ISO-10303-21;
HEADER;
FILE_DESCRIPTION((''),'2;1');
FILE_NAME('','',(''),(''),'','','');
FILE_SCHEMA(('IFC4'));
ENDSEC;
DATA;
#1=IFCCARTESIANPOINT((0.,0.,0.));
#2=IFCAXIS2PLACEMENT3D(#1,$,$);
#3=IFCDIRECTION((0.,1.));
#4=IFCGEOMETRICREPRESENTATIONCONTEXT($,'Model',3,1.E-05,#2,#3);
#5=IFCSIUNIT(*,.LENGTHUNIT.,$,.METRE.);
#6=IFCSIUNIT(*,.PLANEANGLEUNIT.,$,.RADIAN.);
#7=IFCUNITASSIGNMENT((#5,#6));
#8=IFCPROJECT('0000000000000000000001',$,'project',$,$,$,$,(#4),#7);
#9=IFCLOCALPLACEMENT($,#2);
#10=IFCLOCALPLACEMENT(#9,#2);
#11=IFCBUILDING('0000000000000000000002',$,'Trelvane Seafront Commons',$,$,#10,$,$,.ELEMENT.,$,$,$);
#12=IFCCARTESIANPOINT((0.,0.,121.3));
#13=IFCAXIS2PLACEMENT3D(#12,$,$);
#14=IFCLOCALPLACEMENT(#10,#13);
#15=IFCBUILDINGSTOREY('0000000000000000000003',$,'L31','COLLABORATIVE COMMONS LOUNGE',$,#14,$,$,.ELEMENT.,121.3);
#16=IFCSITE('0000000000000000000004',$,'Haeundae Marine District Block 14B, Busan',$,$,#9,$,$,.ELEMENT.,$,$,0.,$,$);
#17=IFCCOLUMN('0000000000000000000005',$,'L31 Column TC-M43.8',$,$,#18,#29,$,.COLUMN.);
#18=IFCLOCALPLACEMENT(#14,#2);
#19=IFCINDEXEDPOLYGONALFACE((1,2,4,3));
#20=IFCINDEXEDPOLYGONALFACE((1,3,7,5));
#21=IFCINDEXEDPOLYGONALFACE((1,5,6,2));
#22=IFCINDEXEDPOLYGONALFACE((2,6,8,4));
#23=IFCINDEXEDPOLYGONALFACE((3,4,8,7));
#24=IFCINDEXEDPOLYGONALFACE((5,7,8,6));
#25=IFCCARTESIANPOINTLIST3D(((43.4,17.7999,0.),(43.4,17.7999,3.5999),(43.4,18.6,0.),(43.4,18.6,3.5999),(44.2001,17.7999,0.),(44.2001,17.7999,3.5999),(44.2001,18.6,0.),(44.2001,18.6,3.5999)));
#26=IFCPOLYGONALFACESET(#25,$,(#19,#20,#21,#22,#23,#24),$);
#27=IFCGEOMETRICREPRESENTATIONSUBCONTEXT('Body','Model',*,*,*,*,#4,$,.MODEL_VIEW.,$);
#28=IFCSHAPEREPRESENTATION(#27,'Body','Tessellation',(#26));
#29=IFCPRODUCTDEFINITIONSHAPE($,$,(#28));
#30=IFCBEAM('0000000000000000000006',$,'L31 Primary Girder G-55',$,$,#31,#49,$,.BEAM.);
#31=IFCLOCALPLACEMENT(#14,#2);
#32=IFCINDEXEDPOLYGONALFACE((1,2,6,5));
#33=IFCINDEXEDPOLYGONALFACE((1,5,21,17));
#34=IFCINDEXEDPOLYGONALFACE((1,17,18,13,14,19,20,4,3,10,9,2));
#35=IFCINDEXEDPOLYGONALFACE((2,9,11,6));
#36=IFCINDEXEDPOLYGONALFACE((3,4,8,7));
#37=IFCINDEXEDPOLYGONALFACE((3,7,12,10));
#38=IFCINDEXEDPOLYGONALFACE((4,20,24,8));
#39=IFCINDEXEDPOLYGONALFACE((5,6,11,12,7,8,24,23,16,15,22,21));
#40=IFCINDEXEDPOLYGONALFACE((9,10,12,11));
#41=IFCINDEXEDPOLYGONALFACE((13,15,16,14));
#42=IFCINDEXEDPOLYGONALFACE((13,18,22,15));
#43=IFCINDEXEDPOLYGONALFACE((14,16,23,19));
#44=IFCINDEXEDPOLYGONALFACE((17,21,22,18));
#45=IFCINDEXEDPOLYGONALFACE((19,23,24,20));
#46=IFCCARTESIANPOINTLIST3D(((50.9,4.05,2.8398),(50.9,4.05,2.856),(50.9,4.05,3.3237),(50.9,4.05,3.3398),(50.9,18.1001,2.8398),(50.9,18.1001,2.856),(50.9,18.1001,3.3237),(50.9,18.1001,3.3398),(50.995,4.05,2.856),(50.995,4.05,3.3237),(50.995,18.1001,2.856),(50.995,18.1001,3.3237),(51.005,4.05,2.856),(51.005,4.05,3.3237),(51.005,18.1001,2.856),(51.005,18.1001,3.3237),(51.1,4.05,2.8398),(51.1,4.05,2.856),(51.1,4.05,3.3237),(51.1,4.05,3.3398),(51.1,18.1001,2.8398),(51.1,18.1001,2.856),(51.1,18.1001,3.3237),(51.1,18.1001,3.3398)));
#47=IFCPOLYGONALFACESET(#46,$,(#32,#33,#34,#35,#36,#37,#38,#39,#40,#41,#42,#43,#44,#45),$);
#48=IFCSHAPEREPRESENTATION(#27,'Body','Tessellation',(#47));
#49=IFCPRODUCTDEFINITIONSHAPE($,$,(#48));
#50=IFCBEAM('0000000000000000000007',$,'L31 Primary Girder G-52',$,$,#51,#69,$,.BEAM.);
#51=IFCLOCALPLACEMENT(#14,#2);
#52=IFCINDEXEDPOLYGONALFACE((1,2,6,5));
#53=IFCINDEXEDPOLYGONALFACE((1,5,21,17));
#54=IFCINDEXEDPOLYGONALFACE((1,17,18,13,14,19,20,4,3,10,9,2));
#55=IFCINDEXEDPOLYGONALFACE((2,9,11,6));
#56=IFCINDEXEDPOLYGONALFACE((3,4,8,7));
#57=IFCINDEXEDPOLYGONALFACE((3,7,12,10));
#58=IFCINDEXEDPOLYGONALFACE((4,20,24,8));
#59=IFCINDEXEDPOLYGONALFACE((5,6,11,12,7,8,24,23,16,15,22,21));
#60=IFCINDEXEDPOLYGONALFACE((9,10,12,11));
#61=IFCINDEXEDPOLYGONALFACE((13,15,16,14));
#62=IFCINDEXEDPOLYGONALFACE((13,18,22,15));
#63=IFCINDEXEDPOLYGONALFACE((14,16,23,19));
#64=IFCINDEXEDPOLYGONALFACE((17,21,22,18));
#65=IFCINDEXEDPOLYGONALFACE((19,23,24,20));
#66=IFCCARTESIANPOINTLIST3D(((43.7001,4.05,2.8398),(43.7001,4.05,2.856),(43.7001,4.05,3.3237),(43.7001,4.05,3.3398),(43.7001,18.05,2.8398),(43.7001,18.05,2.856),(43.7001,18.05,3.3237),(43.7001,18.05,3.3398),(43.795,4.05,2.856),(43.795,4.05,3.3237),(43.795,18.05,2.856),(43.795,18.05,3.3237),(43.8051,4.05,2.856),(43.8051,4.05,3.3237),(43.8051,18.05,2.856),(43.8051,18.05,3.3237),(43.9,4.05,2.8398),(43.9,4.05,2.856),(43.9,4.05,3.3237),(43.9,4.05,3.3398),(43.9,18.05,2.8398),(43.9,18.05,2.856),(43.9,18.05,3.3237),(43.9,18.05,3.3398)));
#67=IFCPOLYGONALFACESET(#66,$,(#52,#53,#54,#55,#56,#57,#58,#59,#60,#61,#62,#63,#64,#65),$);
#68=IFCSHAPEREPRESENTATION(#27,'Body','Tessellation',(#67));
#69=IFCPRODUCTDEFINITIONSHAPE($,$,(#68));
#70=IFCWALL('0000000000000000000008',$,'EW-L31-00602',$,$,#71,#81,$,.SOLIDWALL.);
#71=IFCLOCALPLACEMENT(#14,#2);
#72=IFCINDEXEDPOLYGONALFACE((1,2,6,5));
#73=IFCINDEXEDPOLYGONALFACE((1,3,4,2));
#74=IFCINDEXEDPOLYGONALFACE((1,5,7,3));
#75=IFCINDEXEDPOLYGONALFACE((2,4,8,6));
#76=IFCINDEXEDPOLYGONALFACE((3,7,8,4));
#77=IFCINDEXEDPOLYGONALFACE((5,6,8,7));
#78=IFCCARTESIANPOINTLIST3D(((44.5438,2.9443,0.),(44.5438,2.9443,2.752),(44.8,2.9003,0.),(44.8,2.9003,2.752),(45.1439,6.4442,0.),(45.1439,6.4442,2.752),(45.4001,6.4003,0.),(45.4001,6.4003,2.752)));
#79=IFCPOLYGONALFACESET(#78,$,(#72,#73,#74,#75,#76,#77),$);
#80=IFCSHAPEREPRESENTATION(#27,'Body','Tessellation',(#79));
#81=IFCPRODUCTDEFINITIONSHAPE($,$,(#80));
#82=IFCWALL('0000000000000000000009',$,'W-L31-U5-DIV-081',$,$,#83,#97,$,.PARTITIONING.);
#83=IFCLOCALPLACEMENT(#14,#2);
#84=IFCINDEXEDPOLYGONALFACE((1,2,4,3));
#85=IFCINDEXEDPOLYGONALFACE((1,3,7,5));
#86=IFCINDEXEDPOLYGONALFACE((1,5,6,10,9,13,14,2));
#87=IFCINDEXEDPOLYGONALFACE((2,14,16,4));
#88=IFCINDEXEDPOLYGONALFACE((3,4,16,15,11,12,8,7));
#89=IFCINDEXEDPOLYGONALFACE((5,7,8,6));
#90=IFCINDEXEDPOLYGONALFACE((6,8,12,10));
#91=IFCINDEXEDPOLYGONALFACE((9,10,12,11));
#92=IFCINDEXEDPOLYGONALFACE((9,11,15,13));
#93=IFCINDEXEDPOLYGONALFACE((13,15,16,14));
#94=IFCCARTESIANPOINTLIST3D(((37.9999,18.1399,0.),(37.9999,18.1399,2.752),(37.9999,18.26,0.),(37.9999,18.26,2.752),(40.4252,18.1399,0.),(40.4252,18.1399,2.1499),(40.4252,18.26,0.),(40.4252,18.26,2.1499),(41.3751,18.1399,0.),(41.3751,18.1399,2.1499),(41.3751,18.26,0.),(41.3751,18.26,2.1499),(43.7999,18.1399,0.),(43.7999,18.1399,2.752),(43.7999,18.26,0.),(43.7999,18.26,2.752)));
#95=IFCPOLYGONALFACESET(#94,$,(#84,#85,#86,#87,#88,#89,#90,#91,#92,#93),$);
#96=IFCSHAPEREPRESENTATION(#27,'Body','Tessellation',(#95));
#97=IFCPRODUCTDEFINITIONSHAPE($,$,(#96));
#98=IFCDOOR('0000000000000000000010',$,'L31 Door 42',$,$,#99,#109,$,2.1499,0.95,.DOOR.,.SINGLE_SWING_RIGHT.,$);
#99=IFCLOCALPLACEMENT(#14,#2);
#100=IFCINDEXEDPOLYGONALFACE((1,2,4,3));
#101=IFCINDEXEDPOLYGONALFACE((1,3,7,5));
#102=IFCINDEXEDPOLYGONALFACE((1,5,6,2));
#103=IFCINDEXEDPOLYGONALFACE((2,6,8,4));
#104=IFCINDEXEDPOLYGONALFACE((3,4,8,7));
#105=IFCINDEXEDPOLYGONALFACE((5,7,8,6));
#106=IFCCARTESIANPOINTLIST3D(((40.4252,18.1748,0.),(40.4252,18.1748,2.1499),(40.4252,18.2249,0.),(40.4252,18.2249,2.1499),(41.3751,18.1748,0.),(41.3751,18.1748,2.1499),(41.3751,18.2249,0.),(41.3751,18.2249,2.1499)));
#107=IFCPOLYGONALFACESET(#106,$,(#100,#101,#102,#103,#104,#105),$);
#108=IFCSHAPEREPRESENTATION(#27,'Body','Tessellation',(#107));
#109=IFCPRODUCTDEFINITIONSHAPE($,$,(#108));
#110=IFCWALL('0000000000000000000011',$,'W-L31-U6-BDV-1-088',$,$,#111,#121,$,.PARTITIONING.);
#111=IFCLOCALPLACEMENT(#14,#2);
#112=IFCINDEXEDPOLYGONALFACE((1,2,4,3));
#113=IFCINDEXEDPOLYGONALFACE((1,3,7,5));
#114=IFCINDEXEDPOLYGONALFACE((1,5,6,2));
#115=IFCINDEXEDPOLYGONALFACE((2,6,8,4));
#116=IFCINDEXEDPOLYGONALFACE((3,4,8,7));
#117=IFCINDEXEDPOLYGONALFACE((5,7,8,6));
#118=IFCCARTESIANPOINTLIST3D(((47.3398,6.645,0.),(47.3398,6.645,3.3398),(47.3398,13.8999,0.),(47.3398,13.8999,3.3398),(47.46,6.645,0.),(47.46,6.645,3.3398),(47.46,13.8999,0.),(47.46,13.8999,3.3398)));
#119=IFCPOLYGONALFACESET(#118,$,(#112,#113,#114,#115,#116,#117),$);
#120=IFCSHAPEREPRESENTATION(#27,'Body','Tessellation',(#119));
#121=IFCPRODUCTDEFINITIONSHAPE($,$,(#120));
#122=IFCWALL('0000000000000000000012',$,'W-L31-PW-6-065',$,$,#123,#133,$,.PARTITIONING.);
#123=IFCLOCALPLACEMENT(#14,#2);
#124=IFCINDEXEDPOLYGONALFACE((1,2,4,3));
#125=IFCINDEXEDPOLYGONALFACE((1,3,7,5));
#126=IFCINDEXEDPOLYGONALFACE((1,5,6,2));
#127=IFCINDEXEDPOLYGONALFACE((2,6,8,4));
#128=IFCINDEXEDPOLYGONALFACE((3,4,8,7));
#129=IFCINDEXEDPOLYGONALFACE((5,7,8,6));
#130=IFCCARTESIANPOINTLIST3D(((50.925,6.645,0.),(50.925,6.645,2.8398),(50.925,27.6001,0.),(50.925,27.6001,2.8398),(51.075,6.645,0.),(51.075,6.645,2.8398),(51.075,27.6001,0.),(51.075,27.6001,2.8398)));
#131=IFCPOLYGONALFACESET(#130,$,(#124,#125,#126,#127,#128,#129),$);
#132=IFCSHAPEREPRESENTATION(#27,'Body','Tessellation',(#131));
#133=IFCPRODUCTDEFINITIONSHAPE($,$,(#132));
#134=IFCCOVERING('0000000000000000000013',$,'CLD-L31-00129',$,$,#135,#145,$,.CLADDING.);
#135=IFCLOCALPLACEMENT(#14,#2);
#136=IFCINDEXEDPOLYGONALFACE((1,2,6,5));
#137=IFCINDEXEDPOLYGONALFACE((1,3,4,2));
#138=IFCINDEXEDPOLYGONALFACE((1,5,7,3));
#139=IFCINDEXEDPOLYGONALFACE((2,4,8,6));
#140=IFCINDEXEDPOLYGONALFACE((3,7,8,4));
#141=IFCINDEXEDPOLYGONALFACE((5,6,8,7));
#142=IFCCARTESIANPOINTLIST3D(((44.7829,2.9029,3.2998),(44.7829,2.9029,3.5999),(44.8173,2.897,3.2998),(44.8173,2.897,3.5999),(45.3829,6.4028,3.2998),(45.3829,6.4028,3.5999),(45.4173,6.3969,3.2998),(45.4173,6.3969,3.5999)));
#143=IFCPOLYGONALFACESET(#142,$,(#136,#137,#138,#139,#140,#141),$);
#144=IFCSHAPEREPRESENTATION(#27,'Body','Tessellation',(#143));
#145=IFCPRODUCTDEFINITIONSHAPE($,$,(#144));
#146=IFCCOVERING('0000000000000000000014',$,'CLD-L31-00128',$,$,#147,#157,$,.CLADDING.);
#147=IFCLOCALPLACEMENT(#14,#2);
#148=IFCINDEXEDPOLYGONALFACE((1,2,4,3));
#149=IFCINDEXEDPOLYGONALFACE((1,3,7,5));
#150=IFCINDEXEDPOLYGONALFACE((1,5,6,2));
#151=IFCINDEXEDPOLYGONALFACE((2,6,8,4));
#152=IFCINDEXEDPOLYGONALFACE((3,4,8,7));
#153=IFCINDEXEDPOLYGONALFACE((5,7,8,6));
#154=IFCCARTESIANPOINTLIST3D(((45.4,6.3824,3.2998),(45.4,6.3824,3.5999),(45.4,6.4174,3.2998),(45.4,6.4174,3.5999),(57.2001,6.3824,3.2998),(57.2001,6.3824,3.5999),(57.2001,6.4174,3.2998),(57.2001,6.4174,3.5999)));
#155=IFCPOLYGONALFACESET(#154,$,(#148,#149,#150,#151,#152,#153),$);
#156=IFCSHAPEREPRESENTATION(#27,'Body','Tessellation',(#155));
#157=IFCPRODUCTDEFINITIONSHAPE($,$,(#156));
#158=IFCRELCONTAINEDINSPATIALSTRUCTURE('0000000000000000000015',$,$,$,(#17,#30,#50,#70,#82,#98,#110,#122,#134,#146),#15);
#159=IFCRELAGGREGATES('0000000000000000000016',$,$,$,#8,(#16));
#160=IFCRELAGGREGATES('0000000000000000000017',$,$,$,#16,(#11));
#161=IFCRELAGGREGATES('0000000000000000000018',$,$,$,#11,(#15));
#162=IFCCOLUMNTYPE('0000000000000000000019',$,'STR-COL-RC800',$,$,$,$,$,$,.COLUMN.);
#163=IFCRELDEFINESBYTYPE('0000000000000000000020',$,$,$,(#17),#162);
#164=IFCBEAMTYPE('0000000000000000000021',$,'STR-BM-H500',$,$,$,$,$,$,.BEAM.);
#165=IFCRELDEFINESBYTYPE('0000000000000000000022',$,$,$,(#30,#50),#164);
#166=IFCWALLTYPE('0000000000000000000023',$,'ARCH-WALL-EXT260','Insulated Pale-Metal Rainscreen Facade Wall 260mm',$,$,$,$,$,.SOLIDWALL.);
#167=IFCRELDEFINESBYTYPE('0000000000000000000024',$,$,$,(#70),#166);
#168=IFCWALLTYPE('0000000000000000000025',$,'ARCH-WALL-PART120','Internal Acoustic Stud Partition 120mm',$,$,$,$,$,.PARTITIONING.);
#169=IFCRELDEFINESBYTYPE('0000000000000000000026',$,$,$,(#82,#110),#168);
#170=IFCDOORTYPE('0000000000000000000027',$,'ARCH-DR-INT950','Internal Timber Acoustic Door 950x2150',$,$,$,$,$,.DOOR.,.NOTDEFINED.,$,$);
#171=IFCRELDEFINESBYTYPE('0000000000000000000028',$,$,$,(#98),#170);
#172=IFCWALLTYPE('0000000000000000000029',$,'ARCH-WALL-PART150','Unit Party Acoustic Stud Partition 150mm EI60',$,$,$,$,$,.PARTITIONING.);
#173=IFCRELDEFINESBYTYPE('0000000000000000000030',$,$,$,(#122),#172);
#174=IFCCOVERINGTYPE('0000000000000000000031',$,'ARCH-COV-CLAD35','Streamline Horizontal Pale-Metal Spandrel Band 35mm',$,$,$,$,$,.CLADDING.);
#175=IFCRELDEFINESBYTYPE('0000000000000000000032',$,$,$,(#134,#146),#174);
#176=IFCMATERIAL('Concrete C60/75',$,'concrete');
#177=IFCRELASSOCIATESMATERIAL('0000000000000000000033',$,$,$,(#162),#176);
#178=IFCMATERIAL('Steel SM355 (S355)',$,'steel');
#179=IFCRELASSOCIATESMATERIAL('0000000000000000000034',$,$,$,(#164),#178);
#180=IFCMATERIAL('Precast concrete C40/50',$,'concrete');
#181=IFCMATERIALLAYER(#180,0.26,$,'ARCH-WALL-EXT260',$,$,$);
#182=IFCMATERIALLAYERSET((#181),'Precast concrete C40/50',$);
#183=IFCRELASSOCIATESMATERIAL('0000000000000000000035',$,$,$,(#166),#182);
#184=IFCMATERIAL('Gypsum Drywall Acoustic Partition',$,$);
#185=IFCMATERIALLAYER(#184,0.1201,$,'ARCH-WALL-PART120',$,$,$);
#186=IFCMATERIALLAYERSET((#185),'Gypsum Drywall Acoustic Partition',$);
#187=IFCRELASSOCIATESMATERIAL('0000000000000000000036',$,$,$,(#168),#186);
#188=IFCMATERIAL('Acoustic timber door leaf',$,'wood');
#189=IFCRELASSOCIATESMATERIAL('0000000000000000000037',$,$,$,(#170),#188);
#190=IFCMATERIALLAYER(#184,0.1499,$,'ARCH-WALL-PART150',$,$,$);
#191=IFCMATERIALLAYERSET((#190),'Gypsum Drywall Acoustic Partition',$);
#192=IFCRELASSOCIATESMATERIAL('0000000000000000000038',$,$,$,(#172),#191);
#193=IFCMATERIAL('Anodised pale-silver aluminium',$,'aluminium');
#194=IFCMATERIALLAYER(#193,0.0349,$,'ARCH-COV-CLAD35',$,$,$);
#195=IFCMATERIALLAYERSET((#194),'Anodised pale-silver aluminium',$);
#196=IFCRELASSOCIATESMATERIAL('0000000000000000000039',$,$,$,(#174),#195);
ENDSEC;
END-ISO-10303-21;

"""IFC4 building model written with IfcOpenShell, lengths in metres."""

from ifc_helpers import new_model, si_unit, direction, frame, frame_2d, origin, origin_2d, place, context, subcontext, project, spatial, rectangle, i_section, extrude, source, transform, mapped, material, layer, layer_set, material_profile, profile_set, type_object, element, fill, save


model = new_model("IFC4")

# Units and contexts
model_context = context("Model", 3, precision=1e-05, world=origin(), true_north=direction((0.0, 1.0)))
body_context = subcontext(model_context, "Body", "Model", "MODEL_VIEW")
ifc_project = project(units=[si_unit("LENGTHUNIT", "METRE"), si_unit("PLANEANGLEUNIT", "RADIAN")], contexts=[model_context])

# Site, building, storey
site_placement = place(None, origin())
site = spatial("IfcSite", under=ifc_project, at=site_placement, Name="Haeundae Marine District Block 14B, Busan", CompositionType="ELEMENT", RefElevation=0.0)
building_placement = place(site_placement, origin())
building = spatial("IfcBuilding", under=site, at=building_placement, Name="Trelvane Seafront Commons", CompositionType="ELEMENT")
storey_placement = place(building_placement, frame((0.0, 0.0, 121.3)))
storey = spatial("IfcBuildingStorey", under=building, at=storey_placement, Name="L31", Description="COLLABORATIVE COMMONS LOUNGE", CompositionType="ELEMENT", Elevation=121.3)

# Column
ifc_material_1 = material(Name="Concrete C60/75", Category="concrete")
ifc_material_profile_1 = material_profile(ifc_material_1, rectangle(XDim=0.8, YDim=0.8, at=origin_2d()), Name="RC-800x800")
ifc_profile_set_1 = profile_set([ifc_material_profile_1], Name="Concrete C60/75")
column_type = type_object("IfcColumnType", Name="STR-COL-RC800", PredefinedType="COLUMN", material=ifc_profile_set_1)
shared_shape_1 = source(origin(), body_context, "Body", "SweptSolid", [
    extrude(rectangle(XDim=0.8, YDim=0.8, at=origin_2d()), origin(), (0.0, 0.0, 1.0), 3.5999),
])
column_placement = place(storey_placement, frame((43.8, 18.2, 0.0), z_axis=(0.0, 0.0, 1.0), x_axis=(1.0, 0.0, 0.0)))
element("IfcColumn", 1, at=column_placement, inside=storey, type_object=column_type, Name="L31 Column TC-M43.8", PredefinedType="COLUMN", context=body_context, shape_type="MappedRepresentation", body=[
    mapped(shared_shape_1, transform((0.0, 0.0, 0.0), x_axis=(1.0, 0.0, 0.0), y_axis=(0.0, 1.0, 0.0), z_axis=(0.0, 0.0, 1.0), scale=1.0)),
])

# Beams
ifc_material_2 = material(Name="Steel SM355 (S355)", Category="steel")
ifc_material_profile_2 = material_profile(ifc_material_2, i_section(OverallWidth=0.2, OverallDepth=0.5, WebThickness=0.01, FlangeThickness=0.0161, at=origin_2d()), Name="H-500x200x10x16")
ifc_profile_set_2 = profile_set([ifc_material_profile_2], Name="Steel SM355 (S355)")
beam_type = type_object("IfcBeamType", Name="STR-BM-H500", PredefinedType="BEAM", material=ifc_profile_set_2)
shared_shape_2 = source(origin(), body_context, "Body", "SweptSolid", [
    extrude(i_section(OverallWidth=0.2, OverallDepth=0.5, WebThickness=0.01, FlangeThickness=0.0161, at=origin_2d()), origin(), (0.0, 0.0, 1.0), 14.05),
])
beam_1_placement = place(storey_placement, frame((51.0, 4.05, 3.0898), z_axis=(0.0, 1.0, 0.0), x_axis=(-1.0, 0.0, 0.0)))
element("IfcBeam", 2, at=beam_1_placement, inside=storey, type_object=beam_type, Name="L31 Primary Girder G-55", PredefinedType="BEAM", context=body_context, shape_type="MappedRepresentation", body=[
    mapped(shared_shape_2, transform((0.0, 0.0, 0.0), x_axis=(1.0, 0.0, 0.0), y_axis=(0.0, 1.0, 0.0), z_axis=(0.0, 0.0, 1.0), scale=1.0)),
])
shared_shape_3 = source(origin(), body_context, "Body", "SweptSolid", [
    extrude(i_section(OverallWidth=0.2, OverallDepth=0.5, WebThickness=0.01, FlangeThickness=0.0161, at=origin_2d()), origin(), (0.0, 0.0, 1.0), 14.0),
])
beam_2_placement = place(storey_placement, frame((43.8, 4.05, 3.0898), z_axis=(0.0, 1.0, 0.0), x_axis=(-1.0, 0.0, 0.0)))
element("IfcBeam", 3, at=beam_2_placement, inside=storey, type_object=beam_type, Name="L31 Primary Girder G-52", PredefinedType="BEAM", context=body_context, shape_type="MappedRepresentation", body=[
    mapped(shared_shape_3, transform((0.0, 0.0, 0.0), x_axis=(1.0, 0.0, 0.0), y_axis=(0.0, 1.0, 0.0), z_axis=(0.0, 0.0, 1.0), scale=1.0)),
])

# Wall
ifc_material_3 = material(Name="Precast concrete C40/50", Category="concrete")
ifc_layer_1 = layer(ifc_material_3, 0.26, Name="ARCH-WALL-EXT260")
ifc_layer_set_1 = layer_set([ifc_layer_1], Name="Precast concrete C40/50")
wall_type_1 = type_object("IfcWallType", Name="ARCH-WALL-EXT260", Description="Insulated Pale-Metal Rainscreen Facade Wall 260mm", PredefinedType="SOLIDWALL", material=ifc_layer_set_1)
wall_1_placement = place(storey_placement, frame((45.272, 6.4221, 0.0), z_axis=(0.0, 0.0, 1.0), x_axis=(-0.168991, -0.985618, 0.0)))
element("IfcWall", 4, at=wall_1_placement, inside=storey, type_object=wall_type_1, Name="EW-L31-00602", PredefinedType="SOLIDWALL", context=body_context, shape_type="SweptSolid", body=[
    extrude(rectangle(XDim=3.551, YDim=0.26, at=frame_2d((1.7754, 0.0))), origin(), (0.0, 0.0, 1.0), 2.752),
])

# Wall, opening, door
ifc_material_4 = material(Name="Gypsum Drywall Acoustic Partition")
ifc_layer_2 = layer(ifc_material_4, 0.1201, Name="ARCH-WALL-PART120")
ifc_layer_set_2 = layer_set([ifc_layer_2], Name="Gypsum Drywall Acoustic Partition")
wall_type_2 = type_object("IfcWallType", Name="ARCH-WALL-PART120", Description="Internal Acoustic Stud Partition 120mm", PredefinedType="PARTITIONING", material=ifc_layer_set_2)
wall_2_placement = place(storey_placement, frame((38.0, 18.2, 0.0), z_axis=(0.0, 0.0, 1.0), x_axis=(1.0, 0.0, 0.0)))
wall_2 = element("IfcWall", 5, at=wall_2_placement, inside=storey, type_object=wall_type_2, Name="W-L31-U5-DIV-081", PredefinedType="PARTITIONING", context=body_context, shape_type="SweptSolid", body=[
    extrude(rectangle(XDim=5.8, YDim=0.1201, at=frame_2d((2.8999, 0.0))), origin(), (0.0, 0.0, 1.0), 2.752),
])
opening_1_placement = place(wall_2_placement, frame((2.425, 0.0, 0.0)))
opening_1 = element("IfcOpeningElement", 6, at=opening_1_placement, cuts=wall_2, PredefinedType="OPENING", context=body_context, shape_type="SweptSolid", body=[
    extrude(rectangle(XDim=0.95, YDim=2.1499, at=frame_2d((0.4751, 1.075))), frame((0.0, 0.0701, 0.0), z_axis=(0.0, -1.0, 0.0), x_axis=(1.0, 0.0, 0.0)), (0.0, 0.0, 1.0), 0.1401),
])
ifc_material_5 = material(Name="Acoustic timber door leaf", Category="wood")
door_type = type_object("IfcDoorType", Name="ARCH-DR-INT950", Description="Internal Timber Acoustic Door 950x2150", OperationType="NOTDEFINED", PredefinedType="DOOR", material=ifc_material_5)
shared_shape_4 = source(origin(), body_context, "Body", "SweptSolid", [
    extrude(rectangle(XDim=0.95, YDim=2.1499, at=frame_2d((0.4751, 1.075))), frame((0.0, 0.0249, 0.0), z_axis=(0.0, -1.0, 0.0), x_axis=(1.0, 0.0, 0.0)), (0.0, 0.0, 1.0), 0.05),
])
door_1_placement = place(opening_1_placement, origin())
door_1 = element("IfcDoor", 7, at=door_1_placement, inside=storey, type_object=door_type, Name="L31 Door 42", OperationType="SINGLE_SWING_RIGHT", OverallHeight=2.1499, OverallWidth=0.95, PredefinedType="DOOR", context=body_context, shape_type="MappedRepresentation", body=[
    mapped(shared_shape_4, transform((0.0, 0.0, 0.0), x_axis=(1.0, 0.0, 0.0), y_axis=(0.0, 1.0, 0.0), z_axis=(0.0, 0.0, 1.0), scale=1.0)),
])
fill(opening_1, door_1)

# Walls
wall_3_placement = place(storey_placement, frame((47.3999, 6.645, 0.0), z_axis=(0.0, 0.0, 1.0), x_axis=(0.0, 1.0, 0.0)))
element("IfcWall", 8, at=wall_3_placement, inside=storey, type_object=wall_type_2, Name="W-L31-U6-BDV-1-088", PredefinedType="PARTITIONING", context=body_context, shape_type="SweptSolid", body=[
    extrude(rectangle(XDim=7.2549, YDim=0.1201, at=frame_2d((3.6274, 0.0))), origin(), (0.0, 0.0, 1.0), 3.3398),
])
ifc_layer_3 = layer(ifc_material_4, 0.1499, Name="ARCH-WALL-PART150")
ifc_layer_set_3 = layer_set([ifc_layer_3], Name="Gypsum Drywall Acoustic Partition")
wall_type_3 = type_object("IfcWallType", Name="ARCH-WALL-PART150", Description="Unit Party Acoustic Stud Partition 150mm EI60", PredefinedType="PARTITIONING", material=ifc_layer_set_3)
wall_4_placement = place(storey_placement, frame((51.0, 6.645, 0.0), z_axis=(0.0, 0.0, 1.0), x_axis=(0.0, 1.0, 0.0)))
element("IfcWall", 9, at=wall_4_placement, inside=storey, type_object=wall_type_3, Name="W-L31-PW-6-065", PredefinedType="PARTITIONING", context=body_context, shape_type="SweptSolid", body=[
    extrude(rectangle(XDim=20.9551, YDim=0.1499, at=frame_2d((10.4775, 0.0))), origin(), (0.0, 0.0, 1.0), 2.8398),
])

# Coverings
ifc_material_6 = material(Name="Anodised pale-silver aluminium", Category="aluminium")
ifc_layer_4 = layer(ifc_material_6, 0.0349, Name="ARCH-COV-CLAD35")
ifc_layer_set_4 = layer_set([ifc_layer_4], Name="Anodised pale-silver aluminium")
covering_type = type_object("IfcCoveringType", Name="ARCH-COV-CLAD35", Description="Streamline Horizontal Pale-Metal Spandrel Band 35mm", PredefinedType="CLADDING", material=ifc_layer_set_4)
shared_shape_5 = source(origin(), body_context, "Body", "SweptSolid", [
    extrude(rectangle(XDim=3.551, YDim=0.0349, at=origin_2d()), origin(), (0.0, 0.0, 1.0), 0.3),
])
covering_1_placement = place(storey_placement, frame((45.1001, 4.6499, 3.2998), z_axis=(0.0, 0.0, 1.0), x_axis=(-0.168964, -0.985622, 0.0)))
element("IfcCovering", 10, at=covering_1_placement, inside=storey, type_object=covering_type, Name="CLD-L31-00129", PredefinedType="CLADDING", context=body_context, shape_type="MappedRepresentation", body=[
    mapped(shared_shape_5, transform((0.0, 0.0, 0.0), x_axis=(1.0, 0.0, 0.0), y_axis=(0.0, 1.0, 0.0), z_axis=(0.0, 0.0, 1.0), scale=1.0)),
])
shared_shape_6 = source(origin(), body_context, "Body", "SweptSolid", [
    extrude(rectangle(XDim=11.8, YDim=0.0349, at=origin_2d()), origin(), (0.0, 0.0, 1.0), 0.3),
])
covering_2_placement = place(storey_placement, frame((51.3, 6.3999, 3.2998), z_axis=(0.0, 0.0, 1.0), x_axis=(-1.0, 0.0, 0.0)))
element("IfcCovering", 11, at=covering_2_placement, inside=storey, type_object=covering_type, Name="CLD-L31-00128", PredefinedType="CLADDING", context=body_context, shape_type="MappedRepresentation", body=[
    mapped(shared_shape_6, transform((0.0, 0.0, 0.0), x_axis=(1.0, 0.0, 0.0), y_axis=(0.0, 1.0, 0.0), z_axis=(0.0, 0.0, 1.0), scale=1.0)),
])

save(model, "model.ifc")
